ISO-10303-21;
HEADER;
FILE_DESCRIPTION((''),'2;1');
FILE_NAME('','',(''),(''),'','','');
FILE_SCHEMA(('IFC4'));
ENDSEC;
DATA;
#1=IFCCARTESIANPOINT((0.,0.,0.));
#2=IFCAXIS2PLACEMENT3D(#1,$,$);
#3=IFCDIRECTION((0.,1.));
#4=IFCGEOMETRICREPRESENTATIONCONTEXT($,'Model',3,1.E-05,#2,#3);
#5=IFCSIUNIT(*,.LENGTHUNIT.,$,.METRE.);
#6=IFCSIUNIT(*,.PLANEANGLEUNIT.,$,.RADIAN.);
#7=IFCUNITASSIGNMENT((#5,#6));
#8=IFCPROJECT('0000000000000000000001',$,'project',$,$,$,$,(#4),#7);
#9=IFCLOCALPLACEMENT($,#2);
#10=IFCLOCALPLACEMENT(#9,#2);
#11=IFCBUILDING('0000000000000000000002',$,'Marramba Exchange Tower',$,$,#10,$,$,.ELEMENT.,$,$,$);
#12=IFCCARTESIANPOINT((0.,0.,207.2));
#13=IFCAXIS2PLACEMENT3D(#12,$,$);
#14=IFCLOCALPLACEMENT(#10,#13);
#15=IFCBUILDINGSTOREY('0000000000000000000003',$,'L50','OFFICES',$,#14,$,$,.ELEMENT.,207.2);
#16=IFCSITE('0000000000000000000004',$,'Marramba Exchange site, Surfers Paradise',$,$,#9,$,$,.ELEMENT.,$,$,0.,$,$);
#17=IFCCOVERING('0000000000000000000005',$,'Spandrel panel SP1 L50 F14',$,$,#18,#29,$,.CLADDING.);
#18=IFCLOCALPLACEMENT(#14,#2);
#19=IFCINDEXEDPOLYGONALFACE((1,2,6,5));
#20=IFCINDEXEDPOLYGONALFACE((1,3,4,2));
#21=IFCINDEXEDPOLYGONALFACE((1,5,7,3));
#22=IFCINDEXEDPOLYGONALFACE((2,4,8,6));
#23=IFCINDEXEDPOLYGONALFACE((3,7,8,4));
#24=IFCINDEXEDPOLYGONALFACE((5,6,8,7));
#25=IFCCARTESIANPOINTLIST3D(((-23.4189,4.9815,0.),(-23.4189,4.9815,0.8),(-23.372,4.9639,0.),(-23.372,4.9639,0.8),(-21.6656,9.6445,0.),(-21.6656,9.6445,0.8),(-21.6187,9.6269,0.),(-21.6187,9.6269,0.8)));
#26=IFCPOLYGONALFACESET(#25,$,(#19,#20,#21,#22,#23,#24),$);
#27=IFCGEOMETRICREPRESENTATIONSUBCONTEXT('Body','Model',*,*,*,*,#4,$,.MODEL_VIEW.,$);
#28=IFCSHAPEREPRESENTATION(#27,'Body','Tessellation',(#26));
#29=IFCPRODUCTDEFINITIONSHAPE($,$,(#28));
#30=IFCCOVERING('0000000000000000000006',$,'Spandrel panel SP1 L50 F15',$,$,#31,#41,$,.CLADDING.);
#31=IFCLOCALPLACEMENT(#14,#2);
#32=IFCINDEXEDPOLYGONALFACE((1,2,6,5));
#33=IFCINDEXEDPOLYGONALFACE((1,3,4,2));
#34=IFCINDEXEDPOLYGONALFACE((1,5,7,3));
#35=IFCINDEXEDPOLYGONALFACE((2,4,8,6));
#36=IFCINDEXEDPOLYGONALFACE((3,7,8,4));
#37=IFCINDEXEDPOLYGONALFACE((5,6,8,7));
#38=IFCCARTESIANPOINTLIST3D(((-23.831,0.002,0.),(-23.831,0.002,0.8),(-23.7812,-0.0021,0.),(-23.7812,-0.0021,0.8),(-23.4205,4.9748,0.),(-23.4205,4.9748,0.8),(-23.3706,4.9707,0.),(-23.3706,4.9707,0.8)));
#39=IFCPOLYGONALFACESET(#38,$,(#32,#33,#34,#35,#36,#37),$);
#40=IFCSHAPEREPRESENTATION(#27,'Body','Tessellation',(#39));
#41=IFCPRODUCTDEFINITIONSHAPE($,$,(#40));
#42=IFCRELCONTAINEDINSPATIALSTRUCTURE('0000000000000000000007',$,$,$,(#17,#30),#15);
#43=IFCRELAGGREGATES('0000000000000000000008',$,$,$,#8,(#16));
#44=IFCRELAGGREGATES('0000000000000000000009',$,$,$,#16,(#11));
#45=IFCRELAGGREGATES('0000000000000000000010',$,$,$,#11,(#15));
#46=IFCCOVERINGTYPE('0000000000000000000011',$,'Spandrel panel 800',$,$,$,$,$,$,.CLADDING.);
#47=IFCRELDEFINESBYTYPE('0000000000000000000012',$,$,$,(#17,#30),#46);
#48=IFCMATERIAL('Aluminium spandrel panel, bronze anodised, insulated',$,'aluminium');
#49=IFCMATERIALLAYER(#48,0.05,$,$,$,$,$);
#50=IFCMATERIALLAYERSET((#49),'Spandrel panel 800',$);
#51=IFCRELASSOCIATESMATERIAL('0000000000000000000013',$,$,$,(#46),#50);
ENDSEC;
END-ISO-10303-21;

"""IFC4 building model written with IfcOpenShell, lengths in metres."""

from ifc_helpers import new_model, si_unit, direction, frame, origin, origin_2d, place, context, subcontext, project, spatial, rectangle, extrude, material, layer, layer_set, type_object, element, save


model = new_model("IFC4")

# Units and contexts
model_context = context("Model", 3, precision=1e-05, world=origin(), true_north=direction((0.0, 1.0)))
body_context = subcontext(model_context, "Body", "Model", "MODEL_VIEW")
ifc_project = project(units=[si_unit("LENGTHUNIT", "METRE"), si_unit("PLANEANGLEUNIT", "RADIAN")], contexts=[model_context])

# Site, building, storey
site_placement = place(None, origin())
site = spatial("IfcSite", under=ifc_project, at=site_placement, Name="Marramba Exchange site, Surfers Paradise", CompositionType="ELEMENT", RefElevation=0.0)
building_placement = place(site_placement, origin())
building = spatial("IfcBuilding", under=site, at=building_placement, Name="Marramba Exchange Tower", CompositionType="ELEMENT")
storey_placement = place(building_placement, frame((0.0, 0.0, 207.2)))
storey = spatial("IfcBuildingStorey", under=building, at=storey_placement, Name="L50", Description="OFFICES", CompositionType="ELEMENT", Elevation=207.2)

# Coverings
ifc_material_1 = material(Name="Aluminium spandrel panel, bronze anodised, insulated", Category="aluminium")
ifc_layer_1 = layer(ifc_material_1, 0.05)
ifc_layer_set_1 = layer_set([ifc_layer_1], Name="Spandrel panel 800")
covering_type = type_object("IfcCoveringType", Name="Spandrel panel 800", PredefinedType="CLADDING", material=ifc_layer_set_1)
covering_1_placement = place(storey_placement, frame((-22.5188, 7.3042, 0.0), z_axis=(0.0, 0.0, 1.0), x_axis=(-0.351952, -0.936018, 0.0)))
element("IfcCovering", 1, at=covering_1_placement, inside=storey, type_object=covering_type, Name="Spandrel panel SP1 L50 F14", PredefinedType="CLADDING", context=body_context, shape_type="SweptSolid", body=[
    extrude(rectangle(XDim=4.9817, YDim=0.05, at=origin_2d()), origin(), (0.0, 0.0, 1.0), 0.8),
])
covering_2_placement = place(storey_placement, frame((-23.6008, 2.4863, 0.0), z_axis=(0.0, 0.0, 1.0), x_axis=(-0.082281, -0.996609, 0.0)))
element("IfcCovering", 2, at=covering_2_placement, inside=storey, type_object=covering_type, Name="Spandrel panel SP1 L50 F15", PredefinedType="CLADDING", context=body_context, shape_type="SweptSolid", body=[
    extrude(rectangle(XDim=4.9897, YDim=0.05, at=origin_2d()), origin(), (0.0, 0.0, 1.0), 0.8),
])

save(model, "model.ifc")
